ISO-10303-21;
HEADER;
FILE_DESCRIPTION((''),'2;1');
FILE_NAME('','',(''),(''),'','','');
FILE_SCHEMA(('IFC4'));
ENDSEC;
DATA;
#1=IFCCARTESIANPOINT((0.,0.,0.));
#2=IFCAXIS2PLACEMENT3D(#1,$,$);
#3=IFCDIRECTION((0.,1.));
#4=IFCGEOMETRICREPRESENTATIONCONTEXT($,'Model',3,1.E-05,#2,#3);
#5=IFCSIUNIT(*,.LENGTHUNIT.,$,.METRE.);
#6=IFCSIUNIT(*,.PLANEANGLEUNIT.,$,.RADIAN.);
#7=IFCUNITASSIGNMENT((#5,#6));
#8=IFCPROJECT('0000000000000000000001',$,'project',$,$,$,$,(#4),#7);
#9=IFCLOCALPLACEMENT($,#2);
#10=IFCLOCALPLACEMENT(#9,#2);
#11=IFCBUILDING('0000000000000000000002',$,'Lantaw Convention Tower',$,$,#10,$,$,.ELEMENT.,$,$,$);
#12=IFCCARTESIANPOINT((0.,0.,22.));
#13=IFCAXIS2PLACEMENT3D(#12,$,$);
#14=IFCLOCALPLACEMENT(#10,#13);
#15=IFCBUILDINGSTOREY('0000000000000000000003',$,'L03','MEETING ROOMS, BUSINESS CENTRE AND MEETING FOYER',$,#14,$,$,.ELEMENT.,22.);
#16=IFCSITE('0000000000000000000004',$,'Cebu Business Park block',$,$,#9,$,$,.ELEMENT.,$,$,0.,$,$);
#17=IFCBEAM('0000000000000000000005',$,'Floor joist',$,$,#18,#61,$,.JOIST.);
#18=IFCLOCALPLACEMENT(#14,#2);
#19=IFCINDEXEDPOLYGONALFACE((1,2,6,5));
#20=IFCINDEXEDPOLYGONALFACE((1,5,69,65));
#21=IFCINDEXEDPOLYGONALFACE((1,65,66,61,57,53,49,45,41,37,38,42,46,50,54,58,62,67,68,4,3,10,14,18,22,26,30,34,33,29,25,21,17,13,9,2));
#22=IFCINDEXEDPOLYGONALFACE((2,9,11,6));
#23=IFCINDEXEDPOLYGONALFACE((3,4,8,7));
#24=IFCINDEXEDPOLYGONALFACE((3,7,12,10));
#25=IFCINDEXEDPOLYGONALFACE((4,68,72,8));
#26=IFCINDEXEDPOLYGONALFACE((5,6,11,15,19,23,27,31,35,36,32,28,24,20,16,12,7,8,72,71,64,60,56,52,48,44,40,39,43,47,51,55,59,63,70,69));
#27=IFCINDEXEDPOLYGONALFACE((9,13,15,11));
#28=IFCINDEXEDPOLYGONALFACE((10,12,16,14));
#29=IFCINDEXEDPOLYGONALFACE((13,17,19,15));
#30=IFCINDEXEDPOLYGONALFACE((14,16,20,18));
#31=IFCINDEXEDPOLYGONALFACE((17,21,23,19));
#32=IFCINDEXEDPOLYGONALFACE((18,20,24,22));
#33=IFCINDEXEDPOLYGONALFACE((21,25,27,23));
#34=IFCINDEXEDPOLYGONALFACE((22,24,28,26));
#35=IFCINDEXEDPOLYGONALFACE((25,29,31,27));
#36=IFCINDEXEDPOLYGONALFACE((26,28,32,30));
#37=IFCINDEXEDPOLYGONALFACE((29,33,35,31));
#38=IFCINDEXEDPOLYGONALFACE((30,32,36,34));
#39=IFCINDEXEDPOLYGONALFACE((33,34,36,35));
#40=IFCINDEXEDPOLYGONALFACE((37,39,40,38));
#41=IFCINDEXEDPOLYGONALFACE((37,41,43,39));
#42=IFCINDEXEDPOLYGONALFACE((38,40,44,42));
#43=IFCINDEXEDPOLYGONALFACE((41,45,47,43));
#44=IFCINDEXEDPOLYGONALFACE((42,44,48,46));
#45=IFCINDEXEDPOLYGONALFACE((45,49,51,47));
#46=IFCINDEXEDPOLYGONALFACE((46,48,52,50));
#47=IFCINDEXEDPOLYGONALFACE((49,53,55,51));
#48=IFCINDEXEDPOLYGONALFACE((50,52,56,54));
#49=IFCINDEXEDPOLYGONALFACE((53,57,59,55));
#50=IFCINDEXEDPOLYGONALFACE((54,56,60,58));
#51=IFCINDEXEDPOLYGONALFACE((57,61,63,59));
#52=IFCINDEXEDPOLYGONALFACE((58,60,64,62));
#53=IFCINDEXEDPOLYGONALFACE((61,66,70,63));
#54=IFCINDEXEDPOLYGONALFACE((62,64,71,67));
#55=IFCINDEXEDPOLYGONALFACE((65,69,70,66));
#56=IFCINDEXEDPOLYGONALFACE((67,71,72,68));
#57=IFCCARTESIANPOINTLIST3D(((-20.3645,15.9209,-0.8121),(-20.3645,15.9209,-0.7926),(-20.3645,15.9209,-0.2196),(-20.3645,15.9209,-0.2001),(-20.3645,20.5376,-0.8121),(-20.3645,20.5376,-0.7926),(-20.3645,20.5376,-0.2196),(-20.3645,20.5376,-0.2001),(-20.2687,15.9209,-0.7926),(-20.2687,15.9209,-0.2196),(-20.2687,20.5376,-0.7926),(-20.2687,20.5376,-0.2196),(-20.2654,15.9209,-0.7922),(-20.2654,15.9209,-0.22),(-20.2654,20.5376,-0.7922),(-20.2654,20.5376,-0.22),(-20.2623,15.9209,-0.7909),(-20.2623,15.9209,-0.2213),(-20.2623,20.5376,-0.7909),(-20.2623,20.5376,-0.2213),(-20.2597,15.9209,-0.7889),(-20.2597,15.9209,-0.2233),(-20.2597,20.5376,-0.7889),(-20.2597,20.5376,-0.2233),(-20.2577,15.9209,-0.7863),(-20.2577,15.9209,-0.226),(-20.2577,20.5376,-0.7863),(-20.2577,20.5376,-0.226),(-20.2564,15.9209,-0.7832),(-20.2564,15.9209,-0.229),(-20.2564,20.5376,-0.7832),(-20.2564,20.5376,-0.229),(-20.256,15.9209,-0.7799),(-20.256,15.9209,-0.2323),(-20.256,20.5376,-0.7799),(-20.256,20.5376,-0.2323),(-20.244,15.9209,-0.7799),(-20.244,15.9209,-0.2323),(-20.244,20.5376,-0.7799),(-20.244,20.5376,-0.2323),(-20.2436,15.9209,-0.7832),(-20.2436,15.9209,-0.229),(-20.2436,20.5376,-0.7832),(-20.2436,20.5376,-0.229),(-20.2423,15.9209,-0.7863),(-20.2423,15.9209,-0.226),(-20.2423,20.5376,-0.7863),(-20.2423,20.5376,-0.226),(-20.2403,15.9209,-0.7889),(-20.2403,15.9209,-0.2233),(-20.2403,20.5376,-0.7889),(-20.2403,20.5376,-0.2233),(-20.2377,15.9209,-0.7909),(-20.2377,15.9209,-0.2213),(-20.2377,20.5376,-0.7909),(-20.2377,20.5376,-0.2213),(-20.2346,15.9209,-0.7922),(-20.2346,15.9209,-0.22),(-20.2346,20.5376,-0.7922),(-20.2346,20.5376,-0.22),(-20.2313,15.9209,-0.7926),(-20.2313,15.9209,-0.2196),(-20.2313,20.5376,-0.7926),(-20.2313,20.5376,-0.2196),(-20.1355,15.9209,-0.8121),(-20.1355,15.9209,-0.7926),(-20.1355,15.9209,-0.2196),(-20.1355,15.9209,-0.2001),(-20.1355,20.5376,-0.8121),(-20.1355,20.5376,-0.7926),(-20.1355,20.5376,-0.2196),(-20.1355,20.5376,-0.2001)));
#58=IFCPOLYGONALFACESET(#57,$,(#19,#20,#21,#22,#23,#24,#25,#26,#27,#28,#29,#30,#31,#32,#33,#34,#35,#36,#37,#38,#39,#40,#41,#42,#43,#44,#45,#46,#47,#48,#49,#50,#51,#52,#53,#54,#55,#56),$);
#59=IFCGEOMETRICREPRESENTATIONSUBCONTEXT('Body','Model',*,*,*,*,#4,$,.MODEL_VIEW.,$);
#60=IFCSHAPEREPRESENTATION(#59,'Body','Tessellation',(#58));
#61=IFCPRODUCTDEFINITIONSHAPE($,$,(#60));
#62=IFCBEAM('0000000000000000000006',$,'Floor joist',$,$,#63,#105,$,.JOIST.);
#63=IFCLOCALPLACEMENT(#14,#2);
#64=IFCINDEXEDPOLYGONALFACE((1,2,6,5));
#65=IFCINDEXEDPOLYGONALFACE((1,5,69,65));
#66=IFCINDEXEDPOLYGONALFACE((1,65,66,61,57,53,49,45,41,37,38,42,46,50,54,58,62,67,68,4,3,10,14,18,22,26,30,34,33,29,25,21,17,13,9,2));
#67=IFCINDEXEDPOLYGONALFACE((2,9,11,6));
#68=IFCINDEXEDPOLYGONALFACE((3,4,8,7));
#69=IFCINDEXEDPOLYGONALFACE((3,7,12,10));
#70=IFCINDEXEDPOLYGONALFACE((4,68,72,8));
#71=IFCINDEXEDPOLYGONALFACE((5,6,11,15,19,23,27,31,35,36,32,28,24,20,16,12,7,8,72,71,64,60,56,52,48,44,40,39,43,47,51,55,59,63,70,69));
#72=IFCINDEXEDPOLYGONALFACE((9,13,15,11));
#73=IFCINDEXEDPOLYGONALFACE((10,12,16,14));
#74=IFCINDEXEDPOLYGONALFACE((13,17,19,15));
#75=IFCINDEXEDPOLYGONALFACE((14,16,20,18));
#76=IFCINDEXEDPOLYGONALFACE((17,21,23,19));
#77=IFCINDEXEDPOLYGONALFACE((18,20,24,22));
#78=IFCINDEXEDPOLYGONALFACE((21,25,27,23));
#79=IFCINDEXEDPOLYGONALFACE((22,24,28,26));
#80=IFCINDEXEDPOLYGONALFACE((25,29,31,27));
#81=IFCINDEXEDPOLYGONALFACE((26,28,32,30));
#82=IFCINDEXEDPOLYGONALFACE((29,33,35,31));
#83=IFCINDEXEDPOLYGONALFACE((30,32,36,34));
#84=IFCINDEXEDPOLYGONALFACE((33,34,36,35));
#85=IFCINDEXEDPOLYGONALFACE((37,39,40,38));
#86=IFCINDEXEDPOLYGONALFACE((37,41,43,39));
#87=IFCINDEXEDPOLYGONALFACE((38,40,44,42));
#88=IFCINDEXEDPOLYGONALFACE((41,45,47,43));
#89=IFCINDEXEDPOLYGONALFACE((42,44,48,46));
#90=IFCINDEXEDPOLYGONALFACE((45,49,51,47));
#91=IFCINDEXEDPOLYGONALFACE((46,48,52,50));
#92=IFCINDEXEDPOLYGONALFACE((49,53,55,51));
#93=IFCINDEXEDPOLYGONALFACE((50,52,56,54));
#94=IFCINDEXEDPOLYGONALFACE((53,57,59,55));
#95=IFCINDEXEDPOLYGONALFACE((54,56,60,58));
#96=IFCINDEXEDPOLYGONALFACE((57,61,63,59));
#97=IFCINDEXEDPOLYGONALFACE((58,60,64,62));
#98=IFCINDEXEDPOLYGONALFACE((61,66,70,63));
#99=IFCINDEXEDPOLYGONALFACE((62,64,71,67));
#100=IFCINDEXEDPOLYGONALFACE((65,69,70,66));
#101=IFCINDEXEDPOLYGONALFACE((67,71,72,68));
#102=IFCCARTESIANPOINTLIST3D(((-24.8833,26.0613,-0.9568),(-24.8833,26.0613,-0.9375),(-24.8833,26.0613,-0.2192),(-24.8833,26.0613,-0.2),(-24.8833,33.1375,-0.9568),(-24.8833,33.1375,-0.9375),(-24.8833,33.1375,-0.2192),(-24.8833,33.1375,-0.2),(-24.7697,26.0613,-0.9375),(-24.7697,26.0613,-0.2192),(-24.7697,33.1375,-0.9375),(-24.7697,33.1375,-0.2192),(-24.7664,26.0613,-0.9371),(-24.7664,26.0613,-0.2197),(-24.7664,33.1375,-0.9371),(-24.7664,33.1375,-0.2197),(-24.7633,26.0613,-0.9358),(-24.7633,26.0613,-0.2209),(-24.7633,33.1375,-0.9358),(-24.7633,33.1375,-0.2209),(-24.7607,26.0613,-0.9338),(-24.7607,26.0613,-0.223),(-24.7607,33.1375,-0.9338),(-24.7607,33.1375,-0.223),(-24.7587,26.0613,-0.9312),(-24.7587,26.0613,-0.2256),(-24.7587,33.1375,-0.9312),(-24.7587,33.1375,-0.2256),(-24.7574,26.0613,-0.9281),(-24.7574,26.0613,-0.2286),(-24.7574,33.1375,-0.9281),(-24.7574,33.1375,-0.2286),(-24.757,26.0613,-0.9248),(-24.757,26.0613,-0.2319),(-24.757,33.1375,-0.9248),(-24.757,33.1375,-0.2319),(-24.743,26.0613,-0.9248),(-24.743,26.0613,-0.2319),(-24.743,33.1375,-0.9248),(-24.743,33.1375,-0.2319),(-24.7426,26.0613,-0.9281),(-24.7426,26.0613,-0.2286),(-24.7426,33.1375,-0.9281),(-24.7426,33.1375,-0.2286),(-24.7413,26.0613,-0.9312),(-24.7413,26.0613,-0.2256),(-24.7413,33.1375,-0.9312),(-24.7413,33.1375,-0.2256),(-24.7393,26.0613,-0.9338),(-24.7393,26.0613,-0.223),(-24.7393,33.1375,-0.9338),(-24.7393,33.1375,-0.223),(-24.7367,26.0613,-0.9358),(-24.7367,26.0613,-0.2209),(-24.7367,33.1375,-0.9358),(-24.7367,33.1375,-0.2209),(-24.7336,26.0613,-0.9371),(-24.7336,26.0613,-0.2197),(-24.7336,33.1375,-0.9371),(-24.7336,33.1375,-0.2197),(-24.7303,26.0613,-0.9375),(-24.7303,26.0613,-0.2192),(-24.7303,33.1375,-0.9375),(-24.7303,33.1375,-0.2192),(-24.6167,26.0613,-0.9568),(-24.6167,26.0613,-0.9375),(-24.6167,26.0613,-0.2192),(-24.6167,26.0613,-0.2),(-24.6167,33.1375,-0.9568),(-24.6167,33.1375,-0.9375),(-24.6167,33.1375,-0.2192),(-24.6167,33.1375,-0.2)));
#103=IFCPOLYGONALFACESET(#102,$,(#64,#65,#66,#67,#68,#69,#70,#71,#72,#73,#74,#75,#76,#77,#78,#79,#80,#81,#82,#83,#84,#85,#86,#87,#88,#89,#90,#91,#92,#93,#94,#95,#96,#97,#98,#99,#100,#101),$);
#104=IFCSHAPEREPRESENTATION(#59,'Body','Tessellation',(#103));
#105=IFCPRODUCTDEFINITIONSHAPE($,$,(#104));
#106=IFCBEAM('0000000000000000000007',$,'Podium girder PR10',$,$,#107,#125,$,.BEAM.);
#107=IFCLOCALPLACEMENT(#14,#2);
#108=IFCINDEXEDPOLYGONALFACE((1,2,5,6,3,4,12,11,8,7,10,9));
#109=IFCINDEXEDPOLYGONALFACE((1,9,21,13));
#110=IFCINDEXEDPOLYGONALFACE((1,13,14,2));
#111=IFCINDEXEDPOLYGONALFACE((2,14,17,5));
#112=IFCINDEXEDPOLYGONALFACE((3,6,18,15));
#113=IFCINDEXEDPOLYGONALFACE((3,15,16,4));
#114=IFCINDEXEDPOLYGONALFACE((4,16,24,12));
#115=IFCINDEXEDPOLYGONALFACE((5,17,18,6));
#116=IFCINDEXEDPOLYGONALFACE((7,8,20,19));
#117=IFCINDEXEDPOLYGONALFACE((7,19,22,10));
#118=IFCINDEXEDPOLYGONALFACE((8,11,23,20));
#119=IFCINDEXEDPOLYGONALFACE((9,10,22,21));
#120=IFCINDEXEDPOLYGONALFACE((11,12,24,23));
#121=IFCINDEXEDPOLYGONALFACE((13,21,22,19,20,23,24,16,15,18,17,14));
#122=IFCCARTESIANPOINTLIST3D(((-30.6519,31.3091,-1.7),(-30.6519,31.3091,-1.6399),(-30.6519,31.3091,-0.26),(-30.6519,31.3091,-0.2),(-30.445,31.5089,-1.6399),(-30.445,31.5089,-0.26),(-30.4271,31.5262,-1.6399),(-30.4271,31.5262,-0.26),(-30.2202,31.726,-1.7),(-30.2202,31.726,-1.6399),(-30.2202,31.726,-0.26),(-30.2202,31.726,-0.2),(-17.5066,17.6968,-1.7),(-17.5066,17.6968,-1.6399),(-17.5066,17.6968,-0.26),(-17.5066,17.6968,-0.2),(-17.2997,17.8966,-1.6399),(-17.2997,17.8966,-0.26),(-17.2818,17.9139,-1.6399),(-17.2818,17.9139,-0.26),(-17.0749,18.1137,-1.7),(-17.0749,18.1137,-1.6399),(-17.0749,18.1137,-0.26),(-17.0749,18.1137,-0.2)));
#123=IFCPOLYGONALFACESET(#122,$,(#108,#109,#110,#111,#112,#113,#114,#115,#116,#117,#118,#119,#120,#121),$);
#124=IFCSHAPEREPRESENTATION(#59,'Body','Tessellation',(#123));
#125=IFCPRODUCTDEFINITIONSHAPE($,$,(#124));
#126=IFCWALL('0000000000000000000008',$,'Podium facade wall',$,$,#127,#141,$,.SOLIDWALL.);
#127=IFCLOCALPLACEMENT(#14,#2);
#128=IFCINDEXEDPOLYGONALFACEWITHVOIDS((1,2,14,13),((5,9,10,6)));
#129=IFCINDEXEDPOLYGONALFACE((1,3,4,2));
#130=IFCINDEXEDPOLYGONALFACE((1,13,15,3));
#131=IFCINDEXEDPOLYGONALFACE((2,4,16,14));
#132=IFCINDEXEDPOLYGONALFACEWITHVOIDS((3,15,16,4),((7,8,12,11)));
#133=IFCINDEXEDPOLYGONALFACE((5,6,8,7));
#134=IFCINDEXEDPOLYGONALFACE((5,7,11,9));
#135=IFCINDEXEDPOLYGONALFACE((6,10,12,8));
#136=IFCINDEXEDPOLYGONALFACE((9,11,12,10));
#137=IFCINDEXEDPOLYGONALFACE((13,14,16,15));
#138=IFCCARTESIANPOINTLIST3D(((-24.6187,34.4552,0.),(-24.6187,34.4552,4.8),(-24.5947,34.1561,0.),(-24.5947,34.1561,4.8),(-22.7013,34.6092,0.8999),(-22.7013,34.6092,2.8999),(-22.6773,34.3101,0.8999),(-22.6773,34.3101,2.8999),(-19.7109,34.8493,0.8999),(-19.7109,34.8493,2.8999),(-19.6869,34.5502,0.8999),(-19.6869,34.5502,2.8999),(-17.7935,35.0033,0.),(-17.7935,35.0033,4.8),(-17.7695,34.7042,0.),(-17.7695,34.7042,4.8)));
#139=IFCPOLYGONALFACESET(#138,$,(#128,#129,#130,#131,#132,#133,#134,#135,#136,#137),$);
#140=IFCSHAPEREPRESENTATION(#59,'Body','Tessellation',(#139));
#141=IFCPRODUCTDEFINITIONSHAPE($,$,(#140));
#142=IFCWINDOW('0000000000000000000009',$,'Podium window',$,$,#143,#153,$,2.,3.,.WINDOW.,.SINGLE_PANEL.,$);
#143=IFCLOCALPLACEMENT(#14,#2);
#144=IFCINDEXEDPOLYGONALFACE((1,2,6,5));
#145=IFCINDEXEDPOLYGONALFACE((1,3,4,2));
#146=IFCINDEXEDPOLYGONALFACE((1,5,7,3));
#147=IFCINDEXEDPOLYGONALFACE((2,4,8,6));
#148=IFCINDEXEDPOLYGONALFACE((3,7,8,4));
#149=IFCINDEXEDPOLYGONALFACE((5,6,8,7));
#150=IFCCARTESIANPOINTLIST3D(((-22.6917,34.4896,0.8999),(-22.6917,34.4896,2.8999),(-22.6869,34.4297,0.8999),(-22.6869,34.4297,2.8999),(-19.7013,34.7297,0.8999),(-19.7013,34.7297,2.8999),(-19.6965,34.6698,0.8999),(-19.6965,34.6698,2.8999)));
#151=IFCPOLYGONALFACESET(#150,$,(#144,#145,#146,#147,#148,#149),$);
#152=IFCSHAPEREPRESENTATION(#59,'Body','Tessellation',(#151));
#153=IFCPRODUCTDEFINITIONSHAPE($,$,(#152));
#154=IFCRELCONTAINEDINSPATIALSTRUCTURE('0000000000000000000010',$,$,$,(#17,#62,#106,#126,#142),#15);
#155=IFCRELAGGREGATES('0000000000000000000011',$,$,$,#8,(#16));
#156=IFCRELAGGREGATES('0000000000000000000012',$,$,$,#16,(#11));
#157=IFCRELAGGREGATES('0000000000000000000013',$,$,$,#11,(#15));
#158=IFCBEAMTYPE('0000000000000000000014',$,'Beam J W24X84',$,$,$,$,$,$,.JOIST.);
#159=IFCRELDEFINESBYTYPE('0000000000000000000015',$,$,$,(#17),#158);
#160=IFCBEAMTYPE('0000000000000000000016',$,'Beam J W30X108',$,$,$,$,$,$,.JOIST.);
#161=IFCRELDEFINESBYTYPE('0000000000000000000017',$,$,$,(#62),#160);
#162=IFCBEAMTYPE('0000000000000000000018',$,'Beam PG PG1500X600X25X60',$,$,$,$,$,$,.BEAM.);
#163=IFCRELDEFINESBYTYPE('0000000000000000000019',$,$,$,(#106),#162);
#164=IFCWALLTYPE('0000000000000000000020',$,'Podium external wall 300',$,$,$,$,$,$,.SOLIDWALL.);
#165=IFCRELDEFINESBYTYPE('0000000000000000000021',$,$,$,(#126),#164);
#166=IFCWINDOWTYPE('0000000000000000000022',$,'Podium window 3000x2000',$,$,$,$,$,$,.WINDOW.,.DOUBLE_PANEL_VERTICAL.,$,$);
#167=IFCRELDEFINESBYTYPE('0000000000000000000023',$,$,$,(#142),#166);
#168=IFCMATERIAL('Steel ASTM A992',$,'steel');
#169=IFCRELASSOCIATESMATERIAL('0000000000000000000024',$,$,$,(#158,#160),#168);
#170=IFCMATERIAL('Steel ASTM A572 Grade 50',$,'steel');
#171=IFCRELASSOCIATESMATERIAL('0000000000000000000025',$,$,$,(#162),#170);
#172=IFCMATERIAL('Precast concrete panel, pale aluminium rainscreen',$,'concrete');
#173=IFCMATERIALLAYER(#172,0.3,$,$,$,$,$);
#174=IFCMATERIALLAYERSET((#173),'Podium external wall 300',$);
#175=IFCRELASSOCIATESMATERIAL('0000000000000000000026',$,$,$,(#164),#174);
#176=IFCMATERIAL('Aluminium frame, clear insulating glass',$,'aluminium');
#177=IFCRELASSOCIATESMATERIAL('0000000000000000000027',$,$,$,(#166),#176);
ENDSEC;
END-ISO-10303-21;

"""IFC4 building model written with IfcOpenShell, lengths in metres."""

from ifc_helpers import new_model, si_unit, direction, frame, frame_2d, origin, origin_2d, place, context, subcontext, project, spatial, rectangle, i_section, extrude, material, layer, layer_set, material_profile, profile_set, type_object, element, fill, save


model = new_model("IFC4")

# Units and contexts
model_context = context("Model", 3, precision=1e-05, world=origin(), true_north=direction((0.0, 1.0)))
body_context = subcontext(model_context, "Body", "Model", "MODEL_VIEW")
ifc_project = project(units=[si_unit("LENGTHUNIT", "METRE"), si_unit("PLANEANGLEUNIT", "RADIAN")], contexts=[model_context])

# Site, building, storey
site_placement = place(None, origin())
site = spatial("IfcSite", under=ifc_project, at=site_placement, Name="Cebu Business Park block", CompositionType="ELEMENT", RefElevation=0.0)
building_placement = place(site_placement, origin())
building = spatial("IfcBuilding", under=site, at=building_placement, Name="Lantaw Convention Tower", CompositionType="ELEMENT")
storey_placement = place(building_placement, frame((0.0, 0.0, 22.0)))
storey = spatial("IfcBuildingStorey", under=building, at=storey_placement, Name="L03", Description="MEETING ROOMS, BUSINESS CENTRE AND MEETING FOYER", CompositionType="ELEMENT", Elevation=22.0)

# Shared definitions
ifc_material_1 = material(Name="Steel ASTM A572 Grade 50", Category="steel")

# Beams
ifc_material_2 = material(Name="Steel ASTM A992", Category="steel")
ifc_material_profile_1 = material_profile(ifc_material_2, i_section(OverallWidth=0.229, OverallDepth=0.6121, WebThickness=0.012, FlangeThickness=0.0195, FilletRadius=0.0127, at=origin_2d()), Name="W24X84")
ifc_profile_set_1 = profile_set([ifc_material_profile_1], Name="Steel ASTM A992")
beam_type_1 = type_object("IfcBeamType", Name="Beam J W24X84", PredefinedType="JOIST", material=ifc_profile_set_1)
beam_1_placement = place(storey_placement, frame((-20.25, 15.9209, -0.5061), z_axis=(0.0, 1.0, 0.0), x_axis=(-1.0, 0.0, 0.0)))
element("IfcBeam", 1, at=beam_1_placement, inside=storey, type_object=beam_type_1, Name="Floor joist", PredefinedType="JOIST", context=body_context, shape_type="SweptSolid", body=[
    extrude(i_section(OverallWidth=0.229, OverallDepth=0.6121, WebThickness=0.012, FlangeThickness=0.0195, FilletRadius=0.0127, at=origin_2d()), origin(), (0.0, 0.0, 1.0), 4.6167),
])
ifc_material_profile_2 = material_profile(ifc_material_2, i_section(OverallWidth=0.2666, OverallDepth=0.7568, WebThickness=0.0139, FlangeThickness=0.0193, FilletRadius=0.0127, at=origin_2d()), Name="W30X108")
ifc_profile_set_2 = profile_set([ifc_material_profile_2], Name="Steel ASTM A992")
beam_type_2 = type_object("IfcBeamType", Name="Beam J W30X108", PredefinedType="JOIST", material=ifc_profile_set_2)
beam_2_placement = place(storey_placement, frame((-24.75, 26.0613, -0.5784), z_axis=(0.0, 1.0, 0.0), x_axis=(-1.0, 0.0, 0.0)))
element("IfcBeam", 2, at=beam_2_placement, inside=storey, type_object=beam_type_2, Name="Floor joist", PredefinedType="JOIST", context=body_context, shape_type="SweptSolid", body=[
    extrude(i_section(OverallWidth=0.2666, OverallDepth=0.7568, WebThickness=0.0139, FlangeThickness=0.0193, FilletRadius=0.0127, at=origin_2d()), origin(), (0.0, 0.0, 1.0), 7.0762),
])
ifc_material_profile_3 = material_profile(ifc_material_1, i_section(OverallWidth=0.6001, OverallDepth=1.5, WebThickness=0.0249, FlangeThickness=0.0601, at=origin_2d()), Name="PG1500X600X25X60")
ifc_profile_set_3 = profile_set([ifc_material_profile_3], Name="Steel ASTM A572 Grade 50")
beam_type_3 = type_object("IfcBeamType", Name="Beam PG PG1500X600X25X60", PredefinedType="BEAM", material=ifc_profile_set_3)
beam_3_placement = place(storey_placement, frame((-17.2908, 17.9053, -0.95), z_axis=(-0.694659, 0.719339, 0.0), x_axis=(-0.719339, -0.694659, 0.0)))
element("IfcBeam", 3, at=beam_3_placement, inside=storey, type_object=beam_type_3, Name="Podium girder PR10", PredefinedType="BEAM", context=body_context, shape_type="SweptSolid", body=[
    extrude(i_section(OverallWidth=0.6001, OverallDepth=1.5, WebThickness=0.0249, FlangeThickness=0.0601, at=origin_2d()), origin(), (0.0, 0.0, 1.0), 18.9233),
])

# Wall, opening, window
ifc_material_3 = material(Name="Precast concrete panel, pale aluminium rainscreen", Category="concrete")
ifc_layer_1 = layer(ifc_material_3, 0.3)
ifc_layer_set_1 = layer_set([ifc_layer_1], Name="Podium external wall 300")
wall_type_1 = type_object("IfcWallType", Name="Podium external wall 300", PredefinedType="SOLIDWALL", material=ifc_layer_set_1)
wall_1_placement = place(storey_placement, frame((-17.7815, 34.8538, 0.0), z_axis=(0.0, 0.0, 1.0), x_axis=(-0.996791, -0.080047, 0.0)))
wall_1 = element("IfcWall", 4, at=wall_1_placement, inside=storey, type_object=wall_type_1, Name="Podium facade wall", PredefinedType="SOLIDWALL", context=body_context, shape_type="SweptSolid", body=[
    extrude(rectangle(XDim=6.8472, YDim=0.3, at=frame_2d((3.4236, 0.0))), origin(), (0.0, 0.0, 1.0), 4.8),
])
opening_1_placement = place(wall_1_placement, frame((1.9236, 0.0, 0.8999)))
opening_1 = element("IfcOpeningElement", 5, at=opening_1_placement, cuts=wall_1, PredefinedType="OPENING", context=body_context, shape_type="SweptSolid", body=[
    extrude(rectangle(XDim=3.0, YDim=2.0, at=frame_2d((1.5, 1.0))), frame((0.0, 0.1599, 0.0), z_axis=(0.0, -1.0, 0.0), x_axis=(1.0, 0.0, 0.0)), (0.0, 0.0, 1.0), 0.3201),
])
ifc_material_4 = material(Name="Aluminium frame, clear insulating glass", Category="aluminium")
window_type = type_object("IfcWindowType", Name="Podium window 3000x2000", PartitioningType="DOUBLE_PANEL_VERTICAL", PredefinedType="WINDOW", material=ifc_material_4)
window_1_placement = place(opening_1_placement, origin())
window_1 = element("IfcWindow", 6, at=window_1_placement, inside=storey, type_object=window_type, Name="Podium window", OverallHeight=2.0, OverallWidth=3.0, PartitioningType="SINGLE_PANEL", PredefinedType="WINDOW", context=body_context, shape_type="SweptSolid", body=[
    extrude(rectangle(XDim=3.0, YDim=2.0, at=frame_2d((1.5, 1.0))), frame((0.0, 0.03, 0.0), z_axis=(0.0, -1.0, 0.0), x_axis=(1.0, 0.0, 0.0)), (0.0, 0.0, 1.0), 0.0601),
])
fill(opening_1, window_1)

save(model, "model.ifc")
